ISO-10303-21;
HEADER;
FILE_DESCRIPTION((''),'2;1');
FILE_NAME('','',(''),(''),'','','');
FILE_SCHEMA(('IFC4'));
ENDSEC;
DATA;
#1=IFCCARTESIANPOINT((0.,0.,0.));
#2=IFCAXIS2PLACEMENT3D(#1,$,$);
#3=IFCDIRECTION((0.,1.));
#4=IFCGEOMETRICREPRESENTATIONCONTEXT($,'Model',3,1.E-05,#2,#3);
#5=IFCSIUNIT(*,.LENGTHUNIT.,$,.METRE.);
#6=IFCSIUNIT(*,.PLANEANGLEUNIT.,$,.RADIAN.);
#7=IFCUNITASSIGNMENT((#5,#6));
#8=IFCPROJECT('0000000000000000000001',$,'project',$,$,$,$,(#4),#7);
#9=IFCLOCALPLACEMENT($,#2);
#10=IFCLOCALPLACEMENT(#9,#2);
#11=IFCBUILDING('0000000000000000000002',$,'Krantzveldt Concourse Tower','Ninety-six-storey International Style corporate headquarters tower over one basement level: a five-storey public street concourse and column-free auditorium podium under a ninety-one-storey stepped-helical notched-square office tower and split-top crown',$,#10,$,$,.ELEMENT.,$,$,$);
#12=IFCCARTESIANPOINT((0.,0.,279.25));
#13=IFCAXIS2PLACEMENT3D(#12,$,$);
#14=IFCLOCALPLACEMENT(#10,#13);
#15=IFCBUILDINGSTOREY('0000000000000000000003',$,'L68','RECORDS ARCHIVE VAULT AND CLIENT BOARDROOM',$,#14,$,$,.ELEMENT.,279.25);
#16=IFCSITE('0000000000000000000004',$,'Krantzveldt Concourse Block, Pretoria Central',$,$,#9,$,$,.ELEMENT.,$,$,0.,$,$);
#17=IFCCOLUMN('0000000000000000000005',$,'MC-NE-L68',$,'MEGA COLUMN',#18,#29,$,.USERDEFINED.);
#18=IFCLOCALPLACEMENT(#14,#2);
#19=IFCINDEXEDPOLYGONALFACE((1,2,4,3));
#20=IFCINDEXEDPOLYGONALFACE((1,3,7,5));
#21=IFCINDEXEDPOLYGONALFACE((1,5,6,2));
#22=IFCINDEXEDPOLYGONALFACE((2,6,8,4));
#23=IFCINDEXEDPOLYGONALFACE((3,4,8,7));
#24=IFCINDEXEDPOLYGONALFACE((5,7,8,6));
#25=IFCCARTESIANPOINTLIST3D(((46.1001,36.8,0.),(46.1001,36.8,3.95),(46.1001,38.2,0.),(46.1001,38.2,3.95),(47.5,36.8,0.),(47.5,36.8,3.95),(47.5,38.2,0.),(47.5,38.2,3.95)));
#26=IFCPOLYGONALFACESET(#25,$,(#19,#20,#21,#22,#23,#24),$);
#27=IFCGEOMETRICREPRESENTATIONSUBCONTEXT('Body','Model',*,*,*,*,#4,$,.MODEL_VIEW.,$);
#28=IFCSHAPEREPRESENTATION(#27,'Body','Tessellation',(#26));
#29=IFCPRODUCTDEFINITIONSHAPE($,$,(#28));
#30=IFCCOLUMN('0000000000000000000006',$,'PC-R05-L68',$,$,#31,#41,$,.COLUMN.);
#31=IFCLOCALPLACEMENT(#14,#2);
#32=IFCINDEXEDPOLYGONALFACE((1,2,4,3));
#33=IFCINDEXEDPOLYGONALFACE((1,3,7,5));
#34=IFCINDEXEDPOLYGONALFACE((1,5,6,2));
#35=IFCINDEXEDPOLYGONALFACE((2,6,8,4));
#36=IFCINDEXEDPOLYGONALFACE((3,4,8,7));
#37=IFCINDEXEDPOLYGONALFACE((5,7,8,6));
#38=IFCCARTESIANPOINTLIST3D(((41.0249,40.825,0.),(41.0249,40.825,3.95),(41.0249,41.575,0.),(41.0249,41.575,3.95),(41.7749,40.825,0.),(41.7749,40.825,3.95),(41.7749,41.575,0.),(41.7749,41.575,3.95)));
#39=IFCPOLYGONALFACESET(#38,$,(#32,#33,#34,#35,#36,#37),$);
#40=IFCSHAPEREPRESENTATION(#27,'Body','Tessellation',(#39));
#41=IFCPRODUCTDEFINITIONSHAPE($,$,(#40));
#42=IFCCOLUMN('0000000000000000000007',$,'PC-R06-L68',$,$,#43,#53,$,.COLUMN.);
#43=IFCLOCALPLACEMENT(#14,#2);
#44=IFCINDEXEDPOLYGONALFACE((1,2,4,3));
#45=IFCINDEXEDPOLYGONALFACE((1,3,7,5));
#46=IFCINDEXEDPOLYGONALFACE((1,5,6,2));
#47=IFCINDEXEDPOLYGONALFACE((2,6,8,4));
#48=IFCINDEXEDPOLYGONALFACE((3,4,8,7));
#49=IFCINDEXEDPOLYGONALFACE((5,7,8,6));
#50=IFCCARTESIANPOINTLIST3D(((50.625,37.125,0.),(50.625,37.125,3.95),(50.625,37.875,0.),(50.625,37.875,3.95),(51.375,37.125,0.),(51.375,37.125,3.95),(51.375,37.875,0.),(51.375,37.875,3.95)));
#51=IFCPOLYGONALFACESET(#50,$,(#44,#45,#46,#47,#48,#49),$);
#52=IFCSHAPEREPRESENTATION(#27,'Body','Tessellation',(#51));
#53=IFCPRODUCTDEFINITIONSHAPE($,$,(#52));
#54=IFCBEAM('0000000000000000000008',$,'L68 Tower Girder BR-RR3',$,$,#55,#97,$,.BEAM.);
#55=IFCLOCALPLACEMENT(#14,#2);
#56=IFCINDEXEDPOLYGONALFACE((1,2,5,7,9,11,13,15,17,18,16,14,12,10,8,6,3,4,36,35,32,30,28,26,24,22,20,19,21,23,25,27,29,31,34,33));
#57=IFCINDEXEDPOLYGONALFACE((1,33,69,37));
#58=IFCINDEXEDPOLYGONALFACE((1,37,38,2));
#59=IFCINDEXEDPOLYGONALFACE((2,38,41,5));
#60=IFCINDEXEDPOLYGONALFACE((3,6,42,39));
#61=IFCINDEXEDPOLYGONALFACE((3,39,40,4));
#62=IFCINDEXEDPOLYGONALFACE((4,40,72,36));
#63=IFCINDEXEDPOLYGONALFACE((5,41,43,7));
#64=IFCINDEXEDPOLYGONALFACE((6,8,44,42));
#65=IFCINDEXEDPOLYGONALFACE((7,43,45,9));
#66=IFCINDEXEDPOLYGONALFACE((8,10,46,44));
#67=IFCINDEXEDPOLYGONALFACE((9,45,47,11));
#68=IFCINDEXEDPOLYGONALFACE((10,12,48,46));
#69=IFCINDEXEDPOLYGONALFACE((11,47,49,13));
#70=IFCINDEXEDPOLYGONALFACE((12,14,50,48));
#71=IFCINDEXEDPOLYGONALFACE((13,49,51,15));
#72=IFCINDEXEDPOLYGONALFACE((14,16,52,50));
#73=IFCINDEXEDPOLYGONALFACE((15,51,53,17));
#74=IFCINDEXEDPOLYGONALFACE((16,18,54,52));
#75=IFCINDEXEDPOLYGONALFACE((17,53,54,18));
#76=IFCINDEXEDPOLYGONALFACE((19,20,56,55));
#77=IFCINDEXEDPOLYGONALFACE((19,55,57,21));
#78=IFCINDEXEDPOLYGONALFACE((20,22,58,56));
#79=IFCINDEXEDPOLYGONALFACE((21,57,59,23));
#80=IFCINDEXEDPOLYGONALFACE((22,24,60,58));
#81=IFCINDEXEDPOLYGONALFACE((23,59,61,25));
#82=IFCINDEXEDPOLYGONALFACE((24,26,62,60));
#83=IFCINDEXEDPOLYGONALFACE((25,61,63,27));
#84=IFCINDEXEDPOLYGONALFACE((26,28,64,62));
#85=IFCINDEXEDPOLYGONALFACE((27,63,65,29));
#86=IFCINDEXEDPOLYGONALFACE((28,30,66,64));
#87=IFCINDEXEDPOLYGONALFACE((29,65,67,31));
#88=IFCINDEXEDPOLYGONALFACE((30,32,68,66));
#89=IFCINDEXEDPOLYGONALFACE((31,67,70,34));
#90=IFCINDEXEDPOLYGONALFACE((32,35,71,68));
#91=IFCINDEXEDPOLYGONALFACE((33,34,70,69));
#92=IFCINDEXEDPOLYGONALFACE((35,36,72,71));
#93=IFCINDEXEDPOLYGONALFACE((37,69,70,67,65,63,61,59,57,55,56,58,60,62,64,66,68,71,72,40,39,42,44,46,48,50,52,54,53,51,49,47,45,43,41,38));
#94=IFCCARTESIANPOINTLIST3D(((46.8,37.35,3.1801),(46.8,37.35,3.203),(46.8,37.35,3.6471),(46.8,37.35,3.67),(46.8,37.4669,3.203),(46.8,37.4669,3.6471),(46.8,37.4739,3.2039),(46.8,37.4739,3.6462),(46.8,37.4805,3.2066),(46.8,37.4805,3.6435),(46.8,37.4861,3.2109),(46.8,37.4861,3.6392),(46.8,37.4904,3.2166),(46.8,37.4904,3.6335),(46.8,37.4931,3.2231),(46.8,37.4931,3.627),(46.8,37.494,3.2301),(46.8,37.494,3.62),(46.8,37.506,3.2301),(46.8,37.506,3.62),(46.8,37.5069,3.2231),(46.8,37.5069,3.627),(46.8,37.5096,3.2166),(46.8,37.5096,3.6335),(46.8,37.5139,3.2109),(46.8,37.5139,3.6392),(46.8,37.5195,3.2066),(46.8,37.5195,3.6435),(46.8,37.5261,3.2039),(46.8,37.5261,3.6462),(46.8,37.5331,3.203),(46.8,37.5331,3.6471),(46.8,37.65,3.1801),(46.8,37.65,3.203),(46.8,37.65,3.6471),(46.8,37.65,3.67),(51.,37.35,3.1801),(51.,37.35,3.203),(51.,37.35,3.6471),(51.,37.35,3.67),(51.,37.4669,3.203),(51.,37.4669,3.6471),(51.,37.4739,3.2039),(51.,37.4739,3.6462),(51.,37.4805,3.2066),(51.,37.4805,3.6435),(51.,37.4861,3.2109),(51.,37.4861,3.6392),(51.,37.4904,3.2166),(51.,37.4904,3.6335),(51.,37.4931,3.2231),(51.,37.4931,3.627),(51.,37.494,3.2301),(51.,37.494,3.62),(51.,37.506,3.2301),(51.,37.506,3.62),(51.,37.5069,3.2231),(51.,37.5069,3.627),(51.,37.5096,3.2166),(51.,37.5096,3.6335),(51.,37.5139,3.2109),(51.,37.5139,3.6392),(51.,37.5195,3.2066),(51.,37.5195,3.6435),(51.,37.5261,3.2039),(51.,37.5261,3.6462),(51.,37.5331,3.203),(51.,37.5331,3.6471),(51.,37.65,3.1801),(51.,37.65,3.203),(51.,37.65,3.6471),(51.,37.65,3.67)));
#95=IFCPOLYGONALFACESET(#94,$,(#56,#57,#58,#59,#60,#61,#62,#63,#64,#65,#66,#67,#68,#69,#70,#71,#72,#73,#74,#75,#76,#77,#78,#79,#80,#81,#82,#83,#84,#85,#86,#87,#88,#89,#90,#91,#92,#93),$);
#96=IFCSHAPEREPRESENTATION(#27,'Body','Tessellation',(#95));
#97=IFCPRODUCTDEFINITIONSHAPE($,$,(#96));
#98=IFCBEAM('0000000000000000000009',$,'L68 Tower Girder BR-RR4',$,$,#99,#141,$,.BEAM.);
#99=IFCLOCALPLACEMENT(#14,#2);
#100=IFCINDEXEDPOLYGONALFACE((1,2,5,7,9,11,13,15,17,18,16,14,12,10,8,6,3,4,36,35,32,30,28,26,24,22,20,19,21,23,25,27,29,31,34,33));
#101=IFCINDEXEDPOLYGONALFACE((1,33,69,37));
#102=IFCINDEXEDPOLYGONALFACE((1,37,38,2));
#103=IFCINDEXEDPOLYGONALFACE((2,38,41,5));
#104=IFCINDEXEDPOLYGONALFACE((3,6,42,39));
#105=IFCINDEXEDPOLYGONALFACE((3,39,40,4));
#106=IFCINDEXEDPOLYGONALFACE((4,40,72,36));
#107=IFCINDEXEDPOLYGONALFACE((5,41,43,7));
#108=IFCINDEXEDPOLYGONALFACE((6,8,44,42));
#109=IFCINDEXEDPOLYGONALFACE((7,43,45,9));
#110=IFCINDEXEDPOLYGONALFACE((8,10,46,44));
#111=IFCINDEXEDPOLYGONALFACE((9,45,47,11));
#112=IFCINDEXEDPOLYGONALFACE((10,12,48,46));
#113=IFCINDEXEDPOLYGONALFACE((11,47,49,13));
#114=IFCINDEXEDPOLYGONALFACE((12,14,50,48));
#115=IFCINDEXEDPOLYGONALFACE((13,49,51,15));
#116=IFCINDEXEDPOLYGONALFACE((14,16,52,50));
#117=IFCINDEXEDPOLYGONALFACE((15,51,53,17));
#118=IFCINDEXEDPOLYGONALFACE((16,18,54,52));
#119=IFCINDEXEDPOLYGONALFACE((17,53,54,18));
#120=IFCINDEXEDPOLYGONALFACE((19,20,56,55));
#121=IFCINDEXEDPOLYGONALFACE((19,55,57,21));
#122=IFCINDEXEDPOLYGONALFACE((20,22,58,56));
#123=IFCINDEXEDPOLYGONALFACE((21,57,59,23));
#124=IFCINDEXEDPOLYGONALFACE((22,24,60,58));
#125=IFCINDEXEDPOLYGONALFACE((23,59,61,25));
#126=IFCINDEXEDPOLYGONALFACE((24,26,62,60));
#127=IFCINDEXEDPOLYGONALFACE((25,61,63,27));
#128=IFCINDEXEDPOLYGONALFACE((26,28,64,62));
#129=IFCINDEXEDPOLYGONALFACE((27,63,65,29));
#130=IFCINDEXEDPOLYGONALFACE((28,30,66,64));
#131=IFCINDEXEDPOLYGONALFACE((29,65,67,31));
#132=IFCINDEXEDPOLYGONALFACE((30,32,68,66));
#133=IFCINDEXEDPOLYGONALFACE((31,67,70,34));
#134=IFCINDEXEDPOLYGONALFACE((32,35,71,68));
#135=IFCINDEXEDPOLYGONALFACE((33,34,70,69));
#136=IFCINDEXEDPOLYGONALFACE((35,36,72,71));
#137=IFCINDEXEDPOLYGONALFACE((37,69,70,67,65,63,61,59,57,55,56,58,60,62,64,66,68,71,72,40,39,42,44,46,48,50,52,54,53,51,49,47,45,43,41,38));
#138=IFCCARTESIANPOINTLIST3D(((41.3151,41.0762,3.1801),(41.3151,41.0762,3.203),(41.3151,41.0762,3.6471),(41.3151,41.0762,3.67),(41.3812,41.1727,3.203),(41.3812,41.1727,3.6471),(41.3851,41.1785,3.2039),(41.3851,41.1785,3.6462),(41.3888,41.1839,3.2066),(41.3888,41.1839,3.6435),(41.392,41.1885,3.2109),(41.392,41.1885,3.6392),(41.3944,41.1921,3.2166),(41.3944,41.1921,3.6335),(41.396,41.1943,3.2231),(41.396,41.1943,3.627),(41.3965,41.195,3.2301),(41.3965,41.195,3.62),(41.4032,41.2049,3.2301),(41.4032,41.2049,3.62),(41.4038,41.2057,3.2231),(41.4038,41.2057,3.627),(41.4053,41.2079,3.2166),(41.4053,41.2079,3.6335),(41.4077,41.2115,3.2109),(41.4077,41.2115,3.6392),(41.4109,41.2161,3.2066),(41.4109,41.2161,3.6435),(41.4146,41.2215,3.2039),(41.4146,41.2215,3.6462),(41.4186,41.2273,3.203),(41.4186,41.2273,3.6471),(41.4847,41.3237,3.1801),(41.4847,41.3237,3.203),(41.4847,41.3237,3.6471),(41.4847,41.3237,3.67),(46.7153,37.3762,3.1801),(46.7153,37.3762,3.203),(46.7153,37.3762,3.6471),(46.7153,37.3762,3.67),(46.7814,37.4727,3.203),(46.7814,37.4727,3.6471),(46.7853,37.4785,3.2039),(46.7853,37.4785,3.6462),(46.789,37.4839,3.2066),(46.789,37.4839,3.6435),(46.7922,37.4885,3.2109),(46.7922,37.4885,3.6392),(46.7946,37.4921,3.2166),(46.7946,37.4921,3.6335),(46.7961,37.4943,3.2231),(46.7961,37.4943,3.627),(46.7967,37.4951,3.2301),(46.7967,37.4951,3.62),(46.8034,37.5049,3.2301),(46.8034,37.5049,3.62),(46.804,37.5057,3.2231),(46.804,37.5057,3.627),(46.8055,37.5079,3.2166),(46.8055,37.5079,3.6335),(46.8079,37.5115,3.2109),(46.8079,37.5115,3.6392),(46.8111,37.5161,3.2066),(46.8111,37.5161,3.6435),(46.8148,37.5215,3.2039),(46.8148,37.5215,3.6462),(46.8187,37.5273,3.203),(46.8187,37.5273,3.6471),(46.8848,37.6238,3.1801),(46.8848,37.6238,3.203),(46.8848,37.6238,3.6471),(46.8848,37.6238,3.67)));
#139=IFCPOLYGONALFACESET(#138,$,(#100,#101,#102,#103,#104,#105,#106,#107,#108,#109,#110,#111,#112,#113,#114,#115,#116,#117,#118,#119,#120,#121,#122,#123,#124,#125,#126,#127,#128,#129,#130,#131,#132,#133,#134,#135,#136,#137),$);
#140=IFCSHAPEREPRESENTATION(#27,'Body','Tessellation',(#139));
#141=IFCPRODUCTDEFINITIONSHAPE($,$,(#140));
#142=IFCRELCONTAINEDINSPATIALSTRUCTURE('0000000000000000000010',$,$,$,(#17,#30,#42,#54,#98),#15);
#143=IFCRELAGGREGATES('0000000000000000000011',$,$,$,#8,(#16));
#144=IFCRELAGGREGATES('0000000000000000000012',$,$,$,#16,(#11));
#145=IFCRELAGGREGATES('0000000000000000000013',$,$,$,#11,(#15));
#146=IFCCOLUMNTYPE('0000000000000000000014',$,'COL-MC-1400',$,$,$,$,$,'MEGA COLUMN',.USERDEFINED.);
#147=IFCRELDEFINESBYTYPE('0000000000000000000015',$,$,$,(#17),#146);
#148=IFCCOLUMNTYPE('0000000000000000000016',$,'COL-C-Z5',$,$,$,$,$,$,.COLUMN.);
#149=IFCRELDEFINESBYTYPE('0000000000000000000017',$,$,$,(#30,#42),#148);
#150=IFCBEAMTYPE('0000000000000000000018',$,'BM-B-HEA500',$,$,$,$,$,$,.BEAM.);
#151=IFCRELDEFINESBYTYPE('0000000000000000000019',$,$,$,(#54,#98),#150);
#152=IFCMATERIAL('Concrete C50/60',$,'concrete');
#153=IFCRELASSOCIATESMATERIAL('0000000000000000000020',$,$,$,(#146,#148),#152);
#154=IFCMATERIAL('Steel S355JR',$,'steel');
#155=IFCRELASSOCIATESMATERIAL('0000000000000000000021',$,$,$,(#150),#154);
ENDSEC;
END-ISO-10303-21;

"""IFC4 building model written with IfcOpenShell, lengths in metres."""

from ifc_helpers import new_model, si_unit, direction, frame, origin, origin_2d, place, context, subcontext, project, spatial, rectangle, i_section, extrude, source, transform, mapped, material, material_profile, profile_set, type_object, type_shapes, element, save


model = new_model("IFC4")

# Units and contexts
model_context = context("Model", 3, precision=1e-05, world=origin(), true_north=direction((0.0, 1.0)))
body_context = subcontext(model_context, "Body", "Model", "MODEL_VIEW")
ifc_project = project(units=[si_unit("LENGTHUNIT", "METRE"), si_unit("PLANEANGLEUNIT", "RADIAN")], contexts=[model_context])

# Site, building, storey
site_placement = place(None, origin())
site = spatial("IfcSite", under=ifc_project, at=site_placement, Name="Krantzveldt Concourse Block, Pretoria Central", CompositionType="ELEMENT", RefElevation=0.0)
building_placement = place(site_placement, origin())
building = spatial("IfcBuilding", under=site, at=building_placement, Name="Krantzveldt Concourse Tower", Description="Ninety-six-storey International Style corporate headquarters tower over one basement level: a five-storey public street concourse and column-free auditorium podium under a ninety-one-storey stepped-helical notched-square office tower and split-top crown", CompositionType="ELEMENT")
storey_placement = place(building_placement, frame((0.0, 0.0, 279.25)))
storey = spatial("IfcBuildingStorey", under=building, at=storey_placement, Name="L68", Description="RECORDS ARCHIVE VAULT AND CLIENT BOARDROOM", CompositionType="ELEMENT", Elevation=279.25)

# Columns
ifc_material_1 = material(Name="Concrete C50/60", Category="concrete")
ifc_material_profile_1 = material_profile(ifc_material_1, rectangle(XDim=1.3999, YDim=1.3999, at=origin_2d()), Name="Concrete C50/60", Category="concrete")
ifc_profile_set_1 = profile_set([ifc_material_profile_1], Name="Concrete C50/60 - RC 1400x1400")
column_type_1 = type_object("IfcColumnType", Name="COL-MC-1400", ElementType="MEGA COLUMN", PredefinedType="USERDEFINED", material=ifc_profile_set_1)
shared_shape_1 = source(origin(), body_context, "Body", "SweptSolid", [
    extrude(rectangle(XDim=1.3999, YDim=1.3999, at=origin_2d()), origin(), (0.0, 0.0, 1.0), 3.95),
])
type_shapes(column_type_1, [shared_shape_1])
column_placement = place(storey_placement, frame((46.8, 37.5, 0.0), z_axis=(0.0, 0.0, 1.0), x_axis=(1.0, 0.0, 0.0)))
element("IfcColumn", 1, at=column_placement, inside=storey, type_object=column_type_1, Name="MC-NE-L68", ObjectType="MEGA COLUMN", PredefinedType="USERDEFINED", context=body_context, shape_type="MappedRepresentation", body=[
    mapped(shared_shape_1, transform((0.0, 0.0, 0.0), x_axis=(1.0, 0.0, 0.0), y_axis=(0.0, 1.0, 0.0), z_axis=(0.0, 0.0, 1.0), scale=1.0)),
])
ifc_material_profile_2 = material_profile(ifc_material_1, rectangle(XDim=0.75, YDim=0.75, at=origin_2d()), Name="Concrete C50/60", Category="concrete")
ifc_profile_set_2 = profile_set([ifc_material_profile_2], Name="Concrete C50/60 - RC 750x750")
column_type_2 = type_object("IfcColumnType", Name="COL-C-Z5", PredefinedType="COLUMN", material=ifc_profile_set_2)
shared_shape_2 = source(origin(), body_context, "Body", "SweptSolid", [
    extrude(rectangle(XDim=0.75, YDim=0.75, at=origin_2d()), origin(), (0.0, 0.0, 1.0), 3.95),
])
type_shapes(column_type_2, [shared_shape_2])
for number, where, z_axis, x_axis, name in (
    (2, (41.3999, 41.2, 0.0), (0.0, 0.0, 1.0), (1.0, 0.0, 0.0), "PC-R05-L68"),
    (3, (51.0, 37.5, 0.0), (0.0, 0.0, 1.0), (1.0, 0.0, 0.0), "PC-R06-L68"),
):
    element("IfcColumn", number, at=place(storey_placement, frame(where, z_axis=z_axis, x_axis=x_axis)), inside=storey, type_object=column_type_2, Name=name, PredefinedType="COLUMN", context=body_context, shape_type="MappedRepresentation", body=[
        mapped(shared_shape_2, transform((0.0, 0.0, 0.0), x_axis=(1.0, 0.0, 0.0), y_axis=(0.0, 1.0, 0.0), z_axis=(0.0, 0.0, 1.0), scale=1.0)),
    ])

# Beams
ifc_material_2 = material(Name="Steel S355JR", Category="steel")
ifc_material_profile_3 = material_profile(ifc_material_2, i_section(OverallWidth=0.3, OverallDepth=0.49, WebThickness=0.012, FlangeThickness=0.0229, FilletRadius=0.0271, at=origin_2d()), Name="Steel S355JR", Category="steel")
ifc_profile_set_3 = profile_set([ifc_material_profile_3], Name="Steel S355JR - HEA 500")
beam_type_1 = type_object("IfcBeamType", Name="BM-B-HEA500", PredefinedType="BEAM", material=ifc_profile_set_3)
shared_shape_3 = source(origin(), body_context, "Body", "SweptSolid", [
    extrude(i_section(OverallWidth=0.3, OverallDepth=0.49, WebThickness=0.012, FlangeThickness=0.0229, FilletRadius=0.0271, at=origin_2d()), origin(), (0.0, 0.0, 1.0), 4.2),
])
beam_1_placement = place(storey_placement, frame((46.8, 37.5, 3.425), z_axis=(1.0, 0.0, 0.0), x_axis=(0.0, 1.0, 0.0)))
element("IfcBeam", 4, at=beam_1_placement, inside=storey, type_object=beam_type_1, Name="L68 Tower Girder BR-RR3", PredefinedType="BEAM", context=body_context, shape_type="MappedRepresentation", body=[
    mapped(shared_shape_3, transform((0.0, 0.0, 0.0), x_axis=(1.0, 0.0, 0.0), y_axis=(0.0, 1.0, 0.0), z_axis=(0.0, 0.0, 1.0), scale=1.0)),
])
shared_shape_4 = source(origin(), body_context, "Body", "SweptSolid", [
    extrude(i_section(OverallWidth=0.3, OverallDepth=0.49, WebThickness=0.012, FlangeThickness=0.0229, FilletRadius=0.0271, at=origin_2d()), origin(), (0.0, 0.0, 1.0), 6.5461),
])
type_shapes(beam_type_1, [shared_shape_3, shared_shape_4])
beam_2_placement = place(storey_placement, frame((46.8, 37.5, 3.425), z_axis=(-0.824943, 0.565216, 0.0), x_axis=(-0.565216, -0.824943, 0.0)))
element("IfcBeam", 5, at=beam_2_placement, inside=storey, type_object=beam_type_1, Name="L68 Tower Girder BR-RR4", PredefinedType="BEAM", context=body_context, shape_type="MappedRepresentation", body=[
    mapped(shared_shape_4, transform((0.0, 0.0, 0.0), x_axis=(1.0, 0.0, 0.0), y_axis=(0.0, 1.0, 0.0), z_axis=(0.0, 0.0, 1.0), scale=1.0)),
])

save(model, "model.ifc")
